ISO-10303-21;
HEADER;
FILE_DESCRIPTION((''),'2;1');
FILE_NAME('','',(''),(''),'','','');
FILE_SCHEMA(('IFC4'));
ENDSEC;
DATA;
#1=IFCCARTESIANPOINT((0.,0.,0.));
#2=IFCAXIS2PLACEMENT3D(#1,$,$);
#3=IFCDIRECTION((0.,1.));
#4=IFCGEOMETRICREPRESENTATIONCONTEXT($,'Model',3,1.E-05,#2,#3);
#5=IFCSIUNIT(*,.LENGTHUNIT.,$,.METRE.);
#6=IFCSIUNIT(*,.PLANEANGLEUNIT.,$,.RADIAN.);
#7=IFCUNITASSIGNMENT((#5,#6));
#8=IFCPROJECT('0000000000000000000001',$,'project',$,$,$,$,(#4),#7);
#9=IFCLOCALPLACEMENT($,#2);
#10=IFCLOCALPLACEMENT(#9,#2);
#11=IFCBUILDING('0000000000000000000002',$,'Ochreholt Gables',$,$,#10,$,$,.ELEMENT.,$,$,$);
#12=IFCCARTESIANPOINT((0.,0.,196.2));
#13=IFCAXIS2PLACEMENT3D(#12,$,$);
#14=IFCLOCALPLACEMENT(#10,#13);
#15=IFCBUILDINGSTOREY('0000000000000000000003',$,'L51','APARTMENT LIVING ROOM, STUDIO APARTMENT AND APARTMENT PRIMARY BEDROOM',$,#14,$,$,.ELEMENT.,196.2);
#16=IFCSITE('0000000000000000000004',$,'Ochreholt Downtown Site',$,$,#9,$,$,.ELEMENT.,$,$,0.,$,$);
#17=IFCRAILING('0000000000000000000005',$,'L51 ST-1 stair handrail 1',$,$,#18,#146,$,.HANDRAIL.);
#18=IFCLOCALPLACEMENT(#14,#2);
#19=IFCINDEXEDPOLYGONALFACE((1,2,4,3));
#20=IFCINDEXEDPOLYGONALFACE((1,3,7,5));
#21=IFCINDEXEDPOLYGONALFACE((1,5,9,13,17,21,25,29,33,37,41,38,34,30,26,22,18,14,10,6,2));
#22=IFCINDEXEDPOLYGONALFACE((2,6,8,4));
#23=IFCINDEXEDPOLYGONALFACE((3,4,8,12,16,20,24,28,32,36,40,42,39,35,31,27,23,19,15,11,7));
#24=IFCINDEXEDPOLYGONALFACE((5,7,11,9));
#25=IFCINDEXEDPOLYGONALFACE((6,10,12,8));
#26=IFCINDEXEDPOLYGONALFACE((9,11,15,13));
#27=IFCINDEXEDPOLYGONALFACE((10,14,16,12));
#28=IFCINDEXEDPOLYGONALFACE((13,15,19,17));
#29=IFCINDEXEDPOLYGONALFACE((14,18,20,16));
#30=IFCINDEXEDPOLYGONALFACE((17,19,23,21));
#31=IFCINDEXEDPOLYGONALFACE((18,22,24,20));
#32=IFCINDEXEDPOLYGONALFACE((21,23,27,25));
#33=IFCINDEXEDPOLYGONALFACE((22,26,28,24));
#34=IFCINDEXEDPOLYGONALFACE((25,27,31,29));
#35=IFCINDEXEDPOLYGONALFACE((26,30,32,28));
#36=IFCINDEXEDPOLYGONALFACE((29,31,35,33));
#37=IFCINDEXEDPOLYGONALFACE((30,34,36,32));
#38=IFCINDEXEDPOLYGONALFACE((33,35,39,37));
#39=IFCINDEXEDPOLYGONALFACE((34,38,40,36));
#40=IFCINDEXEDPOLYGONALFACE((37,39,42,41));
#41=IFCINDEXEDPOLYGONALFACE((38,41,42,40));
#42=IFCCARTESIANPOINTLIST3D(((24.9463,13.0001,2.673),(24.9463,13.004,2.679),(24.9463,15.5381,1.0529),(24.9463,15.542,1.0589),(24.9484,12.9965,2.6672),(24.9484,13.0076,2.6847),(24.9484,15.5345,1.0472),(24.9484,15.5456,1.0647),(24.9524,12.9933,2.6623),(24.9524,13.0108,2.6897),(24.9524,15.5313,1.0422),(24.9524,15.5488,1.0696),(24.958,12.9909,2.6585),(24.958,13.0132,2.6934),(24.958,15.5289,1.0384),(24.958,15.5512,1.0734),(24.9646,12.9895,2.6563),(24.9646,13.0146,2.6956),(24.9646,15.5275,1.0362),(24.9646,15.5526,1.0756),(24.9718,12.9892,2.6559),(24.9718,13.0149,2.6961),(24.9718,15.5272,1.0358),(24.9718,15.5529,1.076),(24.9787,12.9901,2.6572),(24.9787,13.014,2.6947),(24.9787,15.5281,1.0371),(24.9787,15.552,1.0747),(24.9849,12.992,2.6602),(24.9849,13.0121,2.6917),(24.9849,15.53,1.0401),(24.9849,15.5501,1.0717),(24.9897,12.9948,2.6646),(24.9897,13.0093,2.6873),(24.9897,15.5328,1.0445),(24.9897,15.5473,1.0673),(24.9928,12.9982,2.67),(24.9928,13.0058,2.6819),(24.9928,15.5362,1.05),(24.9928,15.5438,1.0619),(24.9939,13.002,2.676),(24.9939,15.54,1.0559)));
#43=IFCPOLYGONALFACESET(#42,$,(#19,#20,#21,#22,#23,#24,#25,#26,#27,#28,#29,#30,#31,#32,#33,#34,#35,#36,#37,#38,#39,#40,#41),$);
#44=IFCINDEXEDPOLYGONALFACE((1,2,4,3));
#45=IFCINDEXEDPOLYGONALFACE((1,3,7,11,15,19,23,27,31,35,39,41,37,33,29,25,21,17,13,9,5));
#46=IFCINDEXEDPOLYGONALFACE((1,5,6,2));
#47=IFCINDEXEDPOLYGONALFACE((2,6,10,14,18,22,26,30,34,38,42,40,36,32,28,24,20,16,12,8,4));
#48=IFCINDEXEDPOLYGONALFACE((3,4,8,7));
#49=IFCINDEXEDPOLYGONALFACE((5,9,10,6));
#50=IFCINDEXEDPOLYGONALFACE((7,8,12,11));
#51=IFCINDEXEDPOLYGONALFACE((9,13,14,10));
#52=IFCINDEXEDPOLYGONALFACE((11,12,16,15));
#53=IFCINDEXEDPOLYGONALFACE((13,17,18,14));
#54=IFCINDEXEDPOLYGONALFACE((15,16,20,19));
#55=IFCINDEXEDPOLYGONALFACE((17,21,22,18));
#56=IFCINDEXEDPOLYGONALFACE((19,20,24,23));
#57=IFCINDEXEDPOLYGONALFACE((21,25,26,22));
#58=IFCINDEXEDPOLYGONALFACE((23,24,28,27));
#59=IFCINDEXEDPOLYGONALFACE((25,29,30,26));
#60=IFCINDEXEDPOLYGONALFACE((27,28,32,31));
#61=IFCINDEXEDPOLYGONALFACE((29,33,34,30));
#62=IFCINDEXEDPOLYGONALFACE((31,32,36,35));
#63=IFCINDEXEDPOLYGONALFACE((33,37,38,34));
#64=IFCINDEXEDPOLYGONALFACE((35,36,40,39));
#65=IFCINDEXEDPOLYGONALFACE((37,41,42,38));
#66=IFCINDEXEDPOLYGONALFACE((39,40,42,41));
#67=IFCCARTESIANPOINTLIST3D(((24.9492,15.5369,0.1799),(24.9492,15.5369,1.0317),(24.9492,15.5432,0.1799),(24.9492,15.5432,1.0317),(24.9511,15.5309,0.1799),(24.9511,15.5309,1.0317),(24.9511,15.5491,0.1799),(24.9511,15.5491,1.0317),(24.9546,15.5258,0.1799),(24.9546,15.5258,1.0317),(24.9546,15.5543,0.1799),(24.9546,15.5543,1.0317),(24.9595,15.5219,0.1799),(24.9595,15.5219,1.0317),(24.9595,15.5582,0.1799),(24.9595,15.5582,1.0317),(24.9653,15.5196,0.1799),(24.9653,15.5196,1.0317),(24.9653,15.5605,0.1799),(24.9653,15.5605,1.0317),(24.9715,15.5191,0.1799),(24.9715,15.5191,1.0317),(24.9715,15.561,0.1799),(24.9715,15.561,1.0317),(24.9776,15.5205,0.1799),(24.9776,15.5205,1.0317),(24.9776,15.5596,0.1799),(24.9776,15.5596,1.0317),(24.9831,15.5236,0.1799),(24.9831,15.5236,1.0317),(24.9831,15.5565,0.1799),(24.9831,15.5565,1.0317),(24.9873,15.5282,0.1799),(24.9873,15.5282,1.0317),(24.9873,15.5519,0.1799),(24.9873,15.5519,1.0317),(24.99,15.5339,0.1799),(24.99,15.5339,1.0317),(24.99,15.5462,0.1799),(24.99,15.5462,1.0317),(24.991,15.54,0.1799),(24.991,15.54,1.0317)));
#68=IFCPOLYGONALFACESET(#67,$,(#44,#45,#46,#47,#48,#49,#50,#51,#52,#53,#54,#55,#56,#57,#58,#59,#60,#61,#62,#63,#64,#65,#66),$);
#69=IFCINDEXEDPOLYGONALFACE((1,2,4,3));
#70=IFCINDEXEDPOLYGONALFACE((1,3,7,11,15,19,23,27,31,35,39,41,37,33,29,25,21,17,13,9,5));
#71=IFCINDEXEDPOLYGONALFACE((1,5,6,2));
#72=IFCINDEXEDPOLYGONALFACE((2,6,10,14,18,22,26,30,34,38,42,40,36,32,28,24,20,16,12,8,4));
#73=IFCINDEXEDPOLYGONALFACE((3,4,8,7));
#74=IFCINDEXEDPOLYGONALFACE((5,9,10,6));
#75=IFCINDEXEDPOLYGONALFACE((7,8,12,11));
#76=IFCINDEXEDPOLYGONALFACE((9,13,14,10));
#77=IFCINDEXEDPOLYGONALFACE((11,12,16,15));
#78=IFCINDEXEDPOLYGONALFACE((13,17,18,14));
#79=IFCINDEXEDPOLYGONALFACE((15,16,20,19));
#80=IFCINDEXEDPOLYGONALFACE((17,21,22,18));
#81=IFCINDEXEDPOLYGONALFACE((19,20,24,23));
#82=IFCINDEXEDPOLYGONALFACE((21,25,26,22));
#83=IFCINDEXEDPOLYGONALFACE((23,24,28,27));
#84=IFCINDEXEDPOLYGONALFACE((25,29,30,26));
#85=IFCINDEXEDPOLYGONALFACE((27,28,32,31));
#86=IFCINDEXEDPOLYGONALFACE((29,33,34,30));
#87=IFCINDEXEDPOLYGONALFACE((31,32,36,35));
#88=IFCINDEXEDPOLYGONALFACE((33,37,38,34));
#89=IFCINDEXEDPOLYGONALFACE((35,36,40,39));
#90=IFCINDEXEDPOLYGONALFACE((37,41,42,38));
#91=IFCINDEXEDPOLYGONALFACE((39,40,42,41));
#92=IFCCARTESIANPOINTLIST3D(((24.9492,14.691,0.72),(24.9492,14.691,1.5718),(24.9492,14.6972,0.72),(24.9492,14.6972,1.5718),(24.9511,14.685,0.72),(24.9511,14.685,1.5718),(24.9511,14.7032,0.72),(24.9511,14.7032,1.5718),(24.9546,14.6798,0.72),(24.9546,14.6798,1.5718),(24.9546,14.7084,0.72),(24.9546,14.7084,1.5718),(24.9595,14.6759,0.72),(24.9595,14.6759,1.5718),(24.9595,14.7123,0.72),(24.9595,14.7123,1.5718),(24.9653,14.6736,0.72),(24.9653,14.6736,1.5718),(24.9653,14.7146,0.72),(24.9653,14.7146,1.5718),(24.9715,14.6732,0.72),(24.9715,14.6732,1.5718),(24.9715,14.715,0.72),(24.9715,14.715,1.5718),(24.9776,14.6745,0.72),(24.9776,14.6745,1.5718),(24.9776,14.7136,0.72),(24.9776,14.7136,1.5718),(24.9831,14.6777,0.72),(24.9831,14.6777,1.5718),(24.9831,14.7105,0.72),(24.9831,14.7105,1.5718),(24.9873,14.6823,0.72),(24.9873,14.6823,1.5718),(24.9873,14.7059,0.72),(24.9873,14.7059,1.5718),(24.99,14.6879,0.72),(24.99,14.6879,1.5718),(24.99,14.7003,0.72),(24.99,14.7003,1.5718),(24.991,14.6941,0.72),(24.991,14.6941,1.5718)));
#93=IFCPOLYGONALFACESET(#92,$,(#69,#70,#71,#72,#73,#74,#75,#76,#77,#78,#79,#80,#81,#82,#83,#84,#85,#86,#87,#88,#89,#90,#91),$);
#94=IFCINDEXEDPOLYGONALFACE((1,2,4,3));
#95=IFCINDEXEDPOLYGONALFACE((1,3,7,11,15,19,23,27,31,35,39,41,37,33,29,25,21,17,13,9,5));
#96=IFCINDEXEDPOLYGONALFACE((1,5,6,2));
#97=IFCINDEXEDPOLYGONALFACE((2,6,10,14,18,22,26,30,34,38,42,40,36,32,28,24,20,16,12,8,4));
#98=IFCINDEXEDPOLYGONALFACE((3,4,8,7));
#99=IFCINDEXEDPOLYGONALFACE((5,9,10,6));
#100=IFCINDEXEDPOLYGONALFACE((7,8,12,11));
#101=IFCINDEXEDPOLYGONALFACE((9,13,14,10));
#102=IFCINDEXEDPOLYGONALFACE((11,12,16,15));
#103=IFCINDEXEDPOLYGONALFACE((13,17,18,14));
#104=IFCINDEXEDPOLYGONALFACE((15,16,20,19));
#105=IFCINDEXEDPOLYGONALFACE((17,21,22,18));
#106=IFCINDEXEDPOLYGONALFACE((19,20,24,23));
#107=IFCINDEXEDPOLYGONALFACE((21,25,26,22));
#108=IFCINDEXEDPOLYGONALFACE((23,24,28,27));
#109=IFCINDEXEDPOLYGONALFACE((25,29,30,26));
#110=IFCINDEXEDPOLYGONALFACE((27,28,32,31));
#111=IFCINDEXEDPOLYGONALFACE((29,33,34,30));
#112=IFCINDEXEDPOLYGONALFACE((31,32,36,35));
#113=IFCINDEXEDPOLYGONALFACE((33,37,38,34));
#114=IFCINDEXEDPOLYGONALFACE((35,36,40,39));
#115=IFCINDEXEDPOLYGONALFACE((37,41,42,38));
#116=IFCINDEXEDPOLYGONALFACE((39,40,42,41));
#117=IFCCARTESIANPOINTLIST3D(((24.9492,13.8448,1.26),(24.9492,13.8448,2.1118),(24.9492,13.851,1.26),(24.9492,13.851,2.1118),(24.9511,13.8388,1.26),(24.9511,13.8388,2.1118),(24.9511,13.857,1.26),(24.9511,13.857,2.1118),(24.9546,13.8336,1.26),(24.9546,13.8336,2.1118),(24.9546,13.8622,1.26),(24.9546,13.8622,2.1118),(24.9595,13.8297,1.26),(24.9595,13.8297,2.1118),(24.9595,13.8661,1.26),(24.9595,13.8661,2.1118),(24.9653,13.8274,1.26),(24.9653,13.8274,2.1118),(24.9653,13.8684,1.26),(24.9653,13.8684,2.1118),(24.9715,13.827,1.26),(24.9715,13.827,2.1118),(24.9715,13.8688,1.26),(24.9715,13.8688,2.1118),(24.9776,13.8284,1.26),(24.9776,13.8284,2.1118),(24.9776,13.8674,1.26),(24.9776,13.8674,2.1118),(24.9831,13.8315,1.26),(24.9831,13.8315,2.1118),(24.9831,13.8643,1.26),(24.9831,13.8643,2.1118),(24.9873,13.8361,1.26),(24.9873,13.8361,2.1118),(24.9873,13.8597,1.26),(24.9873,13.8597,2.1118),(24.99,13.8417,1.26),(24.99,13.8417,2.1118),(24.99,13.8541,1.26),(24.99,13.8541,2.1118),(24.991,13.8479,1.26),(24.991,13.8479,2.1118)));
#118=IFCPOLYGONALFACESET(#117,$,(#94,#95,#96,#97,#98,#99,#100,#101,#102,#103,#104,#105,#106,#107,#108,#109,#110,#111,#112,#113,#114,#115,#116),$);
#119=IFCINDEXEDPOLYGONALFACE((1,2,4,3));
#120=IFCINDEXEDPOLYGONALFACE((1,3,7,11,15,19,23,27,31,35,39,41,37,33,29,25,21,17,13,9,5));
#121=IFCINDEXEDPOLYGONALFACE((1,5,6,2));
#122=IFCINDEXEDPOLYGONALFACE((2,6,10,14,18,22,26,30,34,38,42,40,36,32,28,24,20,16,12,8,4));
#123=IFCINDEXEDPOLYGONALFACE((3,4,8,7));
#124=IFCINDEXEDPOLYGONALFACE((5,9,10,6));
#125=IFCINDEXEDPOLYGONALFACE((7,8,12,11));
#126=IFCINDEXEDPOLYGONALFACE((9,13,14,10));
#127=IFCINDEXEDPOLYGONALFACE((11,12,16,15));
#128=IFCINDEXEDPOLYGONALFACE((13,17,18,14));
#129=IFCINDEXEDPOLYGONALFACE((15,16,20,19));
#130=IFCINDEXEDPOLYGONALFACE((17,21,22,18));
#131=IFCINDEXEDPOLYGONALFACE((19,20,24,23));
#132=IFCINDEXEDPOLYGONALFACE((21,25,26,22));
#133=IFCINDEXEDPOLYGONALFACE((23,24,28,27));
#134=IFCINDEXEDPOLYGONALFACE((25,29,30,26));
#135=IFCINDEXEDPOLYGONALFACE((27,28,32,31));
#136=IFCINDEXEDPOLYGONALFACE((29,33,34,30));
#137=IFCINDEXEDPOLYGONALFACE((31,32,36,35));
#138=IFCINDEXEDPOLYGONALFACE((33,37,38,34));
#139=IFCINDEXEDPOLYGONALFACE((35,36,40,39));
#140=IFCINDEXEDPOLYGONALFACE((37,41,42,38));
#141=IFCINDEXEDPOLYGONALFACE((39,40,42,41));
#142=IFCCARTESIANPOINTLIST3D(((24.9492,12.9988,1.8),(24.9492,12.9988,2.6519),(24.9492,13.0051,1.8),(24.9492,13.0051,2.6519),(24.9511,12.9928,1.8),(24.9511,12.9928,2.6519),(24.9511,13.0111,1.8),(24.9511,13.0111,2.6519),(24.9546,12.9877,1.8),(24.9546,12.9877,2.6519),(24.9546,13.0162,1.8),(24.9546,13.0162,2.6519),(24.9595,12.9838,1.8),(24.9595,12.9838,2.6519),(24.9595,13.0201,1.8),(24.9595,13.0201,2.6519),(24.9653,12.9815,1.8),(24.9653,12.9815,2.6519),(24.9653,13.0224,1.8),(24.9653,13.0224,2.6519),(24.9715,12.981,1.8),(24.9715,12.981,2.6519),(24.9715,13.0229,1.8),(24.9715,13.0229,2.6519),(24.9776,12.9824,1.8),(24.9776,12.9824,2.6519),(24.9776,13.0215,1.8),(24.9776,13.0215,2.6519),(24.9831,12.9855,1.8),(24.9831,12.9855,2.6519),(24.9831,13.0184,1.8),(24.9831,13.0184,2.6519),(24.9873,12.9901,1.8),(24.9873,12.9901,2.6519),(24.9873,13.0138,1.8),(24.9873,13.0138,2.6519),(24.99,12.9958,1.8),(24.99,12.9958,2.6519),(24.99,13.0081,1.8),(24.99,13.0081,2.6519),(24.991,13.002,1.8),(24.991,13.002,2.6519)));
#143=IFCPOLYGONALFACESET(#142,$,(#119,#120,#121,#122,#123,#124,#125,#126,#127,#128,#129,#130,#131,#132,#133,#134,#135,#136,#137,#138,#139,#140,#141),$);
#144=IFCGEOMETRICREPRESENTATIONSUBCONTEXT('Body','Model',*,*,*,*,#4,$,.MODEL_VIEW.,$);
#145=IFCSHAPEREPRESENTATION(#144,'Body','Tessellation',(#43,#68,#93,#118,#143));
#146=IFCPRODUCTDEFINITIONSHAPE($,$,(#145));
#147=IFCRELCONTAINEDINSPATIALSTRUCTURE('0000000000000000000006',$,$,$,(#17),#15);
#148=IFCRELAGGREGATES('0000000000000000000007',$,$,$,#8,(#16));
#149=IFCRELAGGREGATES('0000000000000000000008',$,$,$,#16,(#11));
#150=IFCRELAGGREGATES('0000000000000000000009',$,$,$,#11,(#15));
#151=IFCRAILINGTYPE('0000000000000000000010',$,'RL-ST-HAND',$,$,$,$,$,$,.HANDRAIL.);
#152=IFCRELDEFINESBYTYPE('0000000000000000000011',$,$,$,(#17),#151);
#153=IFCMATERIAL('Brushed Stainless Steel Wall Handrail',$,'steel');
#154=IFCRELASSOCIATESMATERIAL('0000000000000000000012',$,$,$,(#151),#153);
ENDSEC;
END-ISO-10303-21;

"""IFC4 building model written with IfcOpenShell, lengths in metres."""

from ifc_helpers import new_model, si_unit, direction, frame, origin, origin_2d, place, context, subcontext, project, spatial, circle, extrude, material, type_object, element, save


model = new_model("IFC4")

# Units and contexts
model_context = context("Model", 3, precision=1e-05, world=origin(), true_north=direction((0.0, 1.0)))
body_context = subcontext(model_context, "Body", "Model", "MODEL_VIEW")
ifc_project = project(units=[si_unit("LENGTHUNIT", "METRE"), si_unit("PLANEANGLEUNIT", "RADIAN")], contexts=[model_context])

# Site, building, storey
site_placement = place(None, origin())
site = spatial("IfcSite", under=ifc_project, at=site_placement, Name="Ochreholt Downtown Site", CompositionType="ELEMENT", RefElevation=0.0)
building_placement = place(site_placement, origin())
building = spatial("IfcBuilding", under=site, at=building_placement, Name="Ochreholt Gables", CompositionType="ELEMENT")
storey_placement = place(building_placement, frame((0.0, 0.0, 196.2)))
storey = spatial("IfcBuildingStorey", under=building, at=storey_placement, Name="L51", Description="APARTMENT LIVING ROOM, STUDIO APARTMENT AND APARTMENT PRIMARY BEDROOM", CompositionType="ELEMENT", Elevation=196.2)

# Railing
ifc_material_1 = material(Name="Brushed Stainless Steel Wall Handrail", Category="steel")
railing_type_1 = type_object("IfcRailingType", Name="RL-ST-HAND", PredefinedType="HANDRAIL", material=ifc_material_1)
railing_1_placement = place(storey_placement, frame((24.97, 15.54, 0.1799)))
element("IfcRailing", 1, at=railing_1_placement, inside=storey, type_object=railing_type_1, Name="L51 ST-1 stair handrail 1", PredefinedType="HANDRAIL", context=body_context, shape_type="SweptSolid", body=[
    extrude(circle(Radius=0.0239, at=origin_2d()), frame((0.0, 0.0, 0.876), z_axis=(0.0, -0.842913, 0.53805), x_axis=(1.0, 0.0, 0.0)), (0.0, 0.0, 1.0), 3.011),
    extrude(circle(Radius=0.021, at=origin_2d()), origin(), (0.0, 0.0, 1.0), 0.8518),
    extrude(circle(Radius=0.021, at=origin_2d()), frame((0.0, -0.8459, 0.54)), (0.0, 0.0, 1.0), 0.8518),
    extrude(circle(Radius=0.021, at=origin_2d()), frame((0.0, -1.6921, 1.0801)), (0.0, 0.0, 1.0), 0.8518),
    extrude(circle(Radius=0.021, at=origin_2d()), frame((0.0, -2.5381, 1.6201)), (0.0, 0.0, 1.0), 0.8518),
])

save(model, "model.ifc")
